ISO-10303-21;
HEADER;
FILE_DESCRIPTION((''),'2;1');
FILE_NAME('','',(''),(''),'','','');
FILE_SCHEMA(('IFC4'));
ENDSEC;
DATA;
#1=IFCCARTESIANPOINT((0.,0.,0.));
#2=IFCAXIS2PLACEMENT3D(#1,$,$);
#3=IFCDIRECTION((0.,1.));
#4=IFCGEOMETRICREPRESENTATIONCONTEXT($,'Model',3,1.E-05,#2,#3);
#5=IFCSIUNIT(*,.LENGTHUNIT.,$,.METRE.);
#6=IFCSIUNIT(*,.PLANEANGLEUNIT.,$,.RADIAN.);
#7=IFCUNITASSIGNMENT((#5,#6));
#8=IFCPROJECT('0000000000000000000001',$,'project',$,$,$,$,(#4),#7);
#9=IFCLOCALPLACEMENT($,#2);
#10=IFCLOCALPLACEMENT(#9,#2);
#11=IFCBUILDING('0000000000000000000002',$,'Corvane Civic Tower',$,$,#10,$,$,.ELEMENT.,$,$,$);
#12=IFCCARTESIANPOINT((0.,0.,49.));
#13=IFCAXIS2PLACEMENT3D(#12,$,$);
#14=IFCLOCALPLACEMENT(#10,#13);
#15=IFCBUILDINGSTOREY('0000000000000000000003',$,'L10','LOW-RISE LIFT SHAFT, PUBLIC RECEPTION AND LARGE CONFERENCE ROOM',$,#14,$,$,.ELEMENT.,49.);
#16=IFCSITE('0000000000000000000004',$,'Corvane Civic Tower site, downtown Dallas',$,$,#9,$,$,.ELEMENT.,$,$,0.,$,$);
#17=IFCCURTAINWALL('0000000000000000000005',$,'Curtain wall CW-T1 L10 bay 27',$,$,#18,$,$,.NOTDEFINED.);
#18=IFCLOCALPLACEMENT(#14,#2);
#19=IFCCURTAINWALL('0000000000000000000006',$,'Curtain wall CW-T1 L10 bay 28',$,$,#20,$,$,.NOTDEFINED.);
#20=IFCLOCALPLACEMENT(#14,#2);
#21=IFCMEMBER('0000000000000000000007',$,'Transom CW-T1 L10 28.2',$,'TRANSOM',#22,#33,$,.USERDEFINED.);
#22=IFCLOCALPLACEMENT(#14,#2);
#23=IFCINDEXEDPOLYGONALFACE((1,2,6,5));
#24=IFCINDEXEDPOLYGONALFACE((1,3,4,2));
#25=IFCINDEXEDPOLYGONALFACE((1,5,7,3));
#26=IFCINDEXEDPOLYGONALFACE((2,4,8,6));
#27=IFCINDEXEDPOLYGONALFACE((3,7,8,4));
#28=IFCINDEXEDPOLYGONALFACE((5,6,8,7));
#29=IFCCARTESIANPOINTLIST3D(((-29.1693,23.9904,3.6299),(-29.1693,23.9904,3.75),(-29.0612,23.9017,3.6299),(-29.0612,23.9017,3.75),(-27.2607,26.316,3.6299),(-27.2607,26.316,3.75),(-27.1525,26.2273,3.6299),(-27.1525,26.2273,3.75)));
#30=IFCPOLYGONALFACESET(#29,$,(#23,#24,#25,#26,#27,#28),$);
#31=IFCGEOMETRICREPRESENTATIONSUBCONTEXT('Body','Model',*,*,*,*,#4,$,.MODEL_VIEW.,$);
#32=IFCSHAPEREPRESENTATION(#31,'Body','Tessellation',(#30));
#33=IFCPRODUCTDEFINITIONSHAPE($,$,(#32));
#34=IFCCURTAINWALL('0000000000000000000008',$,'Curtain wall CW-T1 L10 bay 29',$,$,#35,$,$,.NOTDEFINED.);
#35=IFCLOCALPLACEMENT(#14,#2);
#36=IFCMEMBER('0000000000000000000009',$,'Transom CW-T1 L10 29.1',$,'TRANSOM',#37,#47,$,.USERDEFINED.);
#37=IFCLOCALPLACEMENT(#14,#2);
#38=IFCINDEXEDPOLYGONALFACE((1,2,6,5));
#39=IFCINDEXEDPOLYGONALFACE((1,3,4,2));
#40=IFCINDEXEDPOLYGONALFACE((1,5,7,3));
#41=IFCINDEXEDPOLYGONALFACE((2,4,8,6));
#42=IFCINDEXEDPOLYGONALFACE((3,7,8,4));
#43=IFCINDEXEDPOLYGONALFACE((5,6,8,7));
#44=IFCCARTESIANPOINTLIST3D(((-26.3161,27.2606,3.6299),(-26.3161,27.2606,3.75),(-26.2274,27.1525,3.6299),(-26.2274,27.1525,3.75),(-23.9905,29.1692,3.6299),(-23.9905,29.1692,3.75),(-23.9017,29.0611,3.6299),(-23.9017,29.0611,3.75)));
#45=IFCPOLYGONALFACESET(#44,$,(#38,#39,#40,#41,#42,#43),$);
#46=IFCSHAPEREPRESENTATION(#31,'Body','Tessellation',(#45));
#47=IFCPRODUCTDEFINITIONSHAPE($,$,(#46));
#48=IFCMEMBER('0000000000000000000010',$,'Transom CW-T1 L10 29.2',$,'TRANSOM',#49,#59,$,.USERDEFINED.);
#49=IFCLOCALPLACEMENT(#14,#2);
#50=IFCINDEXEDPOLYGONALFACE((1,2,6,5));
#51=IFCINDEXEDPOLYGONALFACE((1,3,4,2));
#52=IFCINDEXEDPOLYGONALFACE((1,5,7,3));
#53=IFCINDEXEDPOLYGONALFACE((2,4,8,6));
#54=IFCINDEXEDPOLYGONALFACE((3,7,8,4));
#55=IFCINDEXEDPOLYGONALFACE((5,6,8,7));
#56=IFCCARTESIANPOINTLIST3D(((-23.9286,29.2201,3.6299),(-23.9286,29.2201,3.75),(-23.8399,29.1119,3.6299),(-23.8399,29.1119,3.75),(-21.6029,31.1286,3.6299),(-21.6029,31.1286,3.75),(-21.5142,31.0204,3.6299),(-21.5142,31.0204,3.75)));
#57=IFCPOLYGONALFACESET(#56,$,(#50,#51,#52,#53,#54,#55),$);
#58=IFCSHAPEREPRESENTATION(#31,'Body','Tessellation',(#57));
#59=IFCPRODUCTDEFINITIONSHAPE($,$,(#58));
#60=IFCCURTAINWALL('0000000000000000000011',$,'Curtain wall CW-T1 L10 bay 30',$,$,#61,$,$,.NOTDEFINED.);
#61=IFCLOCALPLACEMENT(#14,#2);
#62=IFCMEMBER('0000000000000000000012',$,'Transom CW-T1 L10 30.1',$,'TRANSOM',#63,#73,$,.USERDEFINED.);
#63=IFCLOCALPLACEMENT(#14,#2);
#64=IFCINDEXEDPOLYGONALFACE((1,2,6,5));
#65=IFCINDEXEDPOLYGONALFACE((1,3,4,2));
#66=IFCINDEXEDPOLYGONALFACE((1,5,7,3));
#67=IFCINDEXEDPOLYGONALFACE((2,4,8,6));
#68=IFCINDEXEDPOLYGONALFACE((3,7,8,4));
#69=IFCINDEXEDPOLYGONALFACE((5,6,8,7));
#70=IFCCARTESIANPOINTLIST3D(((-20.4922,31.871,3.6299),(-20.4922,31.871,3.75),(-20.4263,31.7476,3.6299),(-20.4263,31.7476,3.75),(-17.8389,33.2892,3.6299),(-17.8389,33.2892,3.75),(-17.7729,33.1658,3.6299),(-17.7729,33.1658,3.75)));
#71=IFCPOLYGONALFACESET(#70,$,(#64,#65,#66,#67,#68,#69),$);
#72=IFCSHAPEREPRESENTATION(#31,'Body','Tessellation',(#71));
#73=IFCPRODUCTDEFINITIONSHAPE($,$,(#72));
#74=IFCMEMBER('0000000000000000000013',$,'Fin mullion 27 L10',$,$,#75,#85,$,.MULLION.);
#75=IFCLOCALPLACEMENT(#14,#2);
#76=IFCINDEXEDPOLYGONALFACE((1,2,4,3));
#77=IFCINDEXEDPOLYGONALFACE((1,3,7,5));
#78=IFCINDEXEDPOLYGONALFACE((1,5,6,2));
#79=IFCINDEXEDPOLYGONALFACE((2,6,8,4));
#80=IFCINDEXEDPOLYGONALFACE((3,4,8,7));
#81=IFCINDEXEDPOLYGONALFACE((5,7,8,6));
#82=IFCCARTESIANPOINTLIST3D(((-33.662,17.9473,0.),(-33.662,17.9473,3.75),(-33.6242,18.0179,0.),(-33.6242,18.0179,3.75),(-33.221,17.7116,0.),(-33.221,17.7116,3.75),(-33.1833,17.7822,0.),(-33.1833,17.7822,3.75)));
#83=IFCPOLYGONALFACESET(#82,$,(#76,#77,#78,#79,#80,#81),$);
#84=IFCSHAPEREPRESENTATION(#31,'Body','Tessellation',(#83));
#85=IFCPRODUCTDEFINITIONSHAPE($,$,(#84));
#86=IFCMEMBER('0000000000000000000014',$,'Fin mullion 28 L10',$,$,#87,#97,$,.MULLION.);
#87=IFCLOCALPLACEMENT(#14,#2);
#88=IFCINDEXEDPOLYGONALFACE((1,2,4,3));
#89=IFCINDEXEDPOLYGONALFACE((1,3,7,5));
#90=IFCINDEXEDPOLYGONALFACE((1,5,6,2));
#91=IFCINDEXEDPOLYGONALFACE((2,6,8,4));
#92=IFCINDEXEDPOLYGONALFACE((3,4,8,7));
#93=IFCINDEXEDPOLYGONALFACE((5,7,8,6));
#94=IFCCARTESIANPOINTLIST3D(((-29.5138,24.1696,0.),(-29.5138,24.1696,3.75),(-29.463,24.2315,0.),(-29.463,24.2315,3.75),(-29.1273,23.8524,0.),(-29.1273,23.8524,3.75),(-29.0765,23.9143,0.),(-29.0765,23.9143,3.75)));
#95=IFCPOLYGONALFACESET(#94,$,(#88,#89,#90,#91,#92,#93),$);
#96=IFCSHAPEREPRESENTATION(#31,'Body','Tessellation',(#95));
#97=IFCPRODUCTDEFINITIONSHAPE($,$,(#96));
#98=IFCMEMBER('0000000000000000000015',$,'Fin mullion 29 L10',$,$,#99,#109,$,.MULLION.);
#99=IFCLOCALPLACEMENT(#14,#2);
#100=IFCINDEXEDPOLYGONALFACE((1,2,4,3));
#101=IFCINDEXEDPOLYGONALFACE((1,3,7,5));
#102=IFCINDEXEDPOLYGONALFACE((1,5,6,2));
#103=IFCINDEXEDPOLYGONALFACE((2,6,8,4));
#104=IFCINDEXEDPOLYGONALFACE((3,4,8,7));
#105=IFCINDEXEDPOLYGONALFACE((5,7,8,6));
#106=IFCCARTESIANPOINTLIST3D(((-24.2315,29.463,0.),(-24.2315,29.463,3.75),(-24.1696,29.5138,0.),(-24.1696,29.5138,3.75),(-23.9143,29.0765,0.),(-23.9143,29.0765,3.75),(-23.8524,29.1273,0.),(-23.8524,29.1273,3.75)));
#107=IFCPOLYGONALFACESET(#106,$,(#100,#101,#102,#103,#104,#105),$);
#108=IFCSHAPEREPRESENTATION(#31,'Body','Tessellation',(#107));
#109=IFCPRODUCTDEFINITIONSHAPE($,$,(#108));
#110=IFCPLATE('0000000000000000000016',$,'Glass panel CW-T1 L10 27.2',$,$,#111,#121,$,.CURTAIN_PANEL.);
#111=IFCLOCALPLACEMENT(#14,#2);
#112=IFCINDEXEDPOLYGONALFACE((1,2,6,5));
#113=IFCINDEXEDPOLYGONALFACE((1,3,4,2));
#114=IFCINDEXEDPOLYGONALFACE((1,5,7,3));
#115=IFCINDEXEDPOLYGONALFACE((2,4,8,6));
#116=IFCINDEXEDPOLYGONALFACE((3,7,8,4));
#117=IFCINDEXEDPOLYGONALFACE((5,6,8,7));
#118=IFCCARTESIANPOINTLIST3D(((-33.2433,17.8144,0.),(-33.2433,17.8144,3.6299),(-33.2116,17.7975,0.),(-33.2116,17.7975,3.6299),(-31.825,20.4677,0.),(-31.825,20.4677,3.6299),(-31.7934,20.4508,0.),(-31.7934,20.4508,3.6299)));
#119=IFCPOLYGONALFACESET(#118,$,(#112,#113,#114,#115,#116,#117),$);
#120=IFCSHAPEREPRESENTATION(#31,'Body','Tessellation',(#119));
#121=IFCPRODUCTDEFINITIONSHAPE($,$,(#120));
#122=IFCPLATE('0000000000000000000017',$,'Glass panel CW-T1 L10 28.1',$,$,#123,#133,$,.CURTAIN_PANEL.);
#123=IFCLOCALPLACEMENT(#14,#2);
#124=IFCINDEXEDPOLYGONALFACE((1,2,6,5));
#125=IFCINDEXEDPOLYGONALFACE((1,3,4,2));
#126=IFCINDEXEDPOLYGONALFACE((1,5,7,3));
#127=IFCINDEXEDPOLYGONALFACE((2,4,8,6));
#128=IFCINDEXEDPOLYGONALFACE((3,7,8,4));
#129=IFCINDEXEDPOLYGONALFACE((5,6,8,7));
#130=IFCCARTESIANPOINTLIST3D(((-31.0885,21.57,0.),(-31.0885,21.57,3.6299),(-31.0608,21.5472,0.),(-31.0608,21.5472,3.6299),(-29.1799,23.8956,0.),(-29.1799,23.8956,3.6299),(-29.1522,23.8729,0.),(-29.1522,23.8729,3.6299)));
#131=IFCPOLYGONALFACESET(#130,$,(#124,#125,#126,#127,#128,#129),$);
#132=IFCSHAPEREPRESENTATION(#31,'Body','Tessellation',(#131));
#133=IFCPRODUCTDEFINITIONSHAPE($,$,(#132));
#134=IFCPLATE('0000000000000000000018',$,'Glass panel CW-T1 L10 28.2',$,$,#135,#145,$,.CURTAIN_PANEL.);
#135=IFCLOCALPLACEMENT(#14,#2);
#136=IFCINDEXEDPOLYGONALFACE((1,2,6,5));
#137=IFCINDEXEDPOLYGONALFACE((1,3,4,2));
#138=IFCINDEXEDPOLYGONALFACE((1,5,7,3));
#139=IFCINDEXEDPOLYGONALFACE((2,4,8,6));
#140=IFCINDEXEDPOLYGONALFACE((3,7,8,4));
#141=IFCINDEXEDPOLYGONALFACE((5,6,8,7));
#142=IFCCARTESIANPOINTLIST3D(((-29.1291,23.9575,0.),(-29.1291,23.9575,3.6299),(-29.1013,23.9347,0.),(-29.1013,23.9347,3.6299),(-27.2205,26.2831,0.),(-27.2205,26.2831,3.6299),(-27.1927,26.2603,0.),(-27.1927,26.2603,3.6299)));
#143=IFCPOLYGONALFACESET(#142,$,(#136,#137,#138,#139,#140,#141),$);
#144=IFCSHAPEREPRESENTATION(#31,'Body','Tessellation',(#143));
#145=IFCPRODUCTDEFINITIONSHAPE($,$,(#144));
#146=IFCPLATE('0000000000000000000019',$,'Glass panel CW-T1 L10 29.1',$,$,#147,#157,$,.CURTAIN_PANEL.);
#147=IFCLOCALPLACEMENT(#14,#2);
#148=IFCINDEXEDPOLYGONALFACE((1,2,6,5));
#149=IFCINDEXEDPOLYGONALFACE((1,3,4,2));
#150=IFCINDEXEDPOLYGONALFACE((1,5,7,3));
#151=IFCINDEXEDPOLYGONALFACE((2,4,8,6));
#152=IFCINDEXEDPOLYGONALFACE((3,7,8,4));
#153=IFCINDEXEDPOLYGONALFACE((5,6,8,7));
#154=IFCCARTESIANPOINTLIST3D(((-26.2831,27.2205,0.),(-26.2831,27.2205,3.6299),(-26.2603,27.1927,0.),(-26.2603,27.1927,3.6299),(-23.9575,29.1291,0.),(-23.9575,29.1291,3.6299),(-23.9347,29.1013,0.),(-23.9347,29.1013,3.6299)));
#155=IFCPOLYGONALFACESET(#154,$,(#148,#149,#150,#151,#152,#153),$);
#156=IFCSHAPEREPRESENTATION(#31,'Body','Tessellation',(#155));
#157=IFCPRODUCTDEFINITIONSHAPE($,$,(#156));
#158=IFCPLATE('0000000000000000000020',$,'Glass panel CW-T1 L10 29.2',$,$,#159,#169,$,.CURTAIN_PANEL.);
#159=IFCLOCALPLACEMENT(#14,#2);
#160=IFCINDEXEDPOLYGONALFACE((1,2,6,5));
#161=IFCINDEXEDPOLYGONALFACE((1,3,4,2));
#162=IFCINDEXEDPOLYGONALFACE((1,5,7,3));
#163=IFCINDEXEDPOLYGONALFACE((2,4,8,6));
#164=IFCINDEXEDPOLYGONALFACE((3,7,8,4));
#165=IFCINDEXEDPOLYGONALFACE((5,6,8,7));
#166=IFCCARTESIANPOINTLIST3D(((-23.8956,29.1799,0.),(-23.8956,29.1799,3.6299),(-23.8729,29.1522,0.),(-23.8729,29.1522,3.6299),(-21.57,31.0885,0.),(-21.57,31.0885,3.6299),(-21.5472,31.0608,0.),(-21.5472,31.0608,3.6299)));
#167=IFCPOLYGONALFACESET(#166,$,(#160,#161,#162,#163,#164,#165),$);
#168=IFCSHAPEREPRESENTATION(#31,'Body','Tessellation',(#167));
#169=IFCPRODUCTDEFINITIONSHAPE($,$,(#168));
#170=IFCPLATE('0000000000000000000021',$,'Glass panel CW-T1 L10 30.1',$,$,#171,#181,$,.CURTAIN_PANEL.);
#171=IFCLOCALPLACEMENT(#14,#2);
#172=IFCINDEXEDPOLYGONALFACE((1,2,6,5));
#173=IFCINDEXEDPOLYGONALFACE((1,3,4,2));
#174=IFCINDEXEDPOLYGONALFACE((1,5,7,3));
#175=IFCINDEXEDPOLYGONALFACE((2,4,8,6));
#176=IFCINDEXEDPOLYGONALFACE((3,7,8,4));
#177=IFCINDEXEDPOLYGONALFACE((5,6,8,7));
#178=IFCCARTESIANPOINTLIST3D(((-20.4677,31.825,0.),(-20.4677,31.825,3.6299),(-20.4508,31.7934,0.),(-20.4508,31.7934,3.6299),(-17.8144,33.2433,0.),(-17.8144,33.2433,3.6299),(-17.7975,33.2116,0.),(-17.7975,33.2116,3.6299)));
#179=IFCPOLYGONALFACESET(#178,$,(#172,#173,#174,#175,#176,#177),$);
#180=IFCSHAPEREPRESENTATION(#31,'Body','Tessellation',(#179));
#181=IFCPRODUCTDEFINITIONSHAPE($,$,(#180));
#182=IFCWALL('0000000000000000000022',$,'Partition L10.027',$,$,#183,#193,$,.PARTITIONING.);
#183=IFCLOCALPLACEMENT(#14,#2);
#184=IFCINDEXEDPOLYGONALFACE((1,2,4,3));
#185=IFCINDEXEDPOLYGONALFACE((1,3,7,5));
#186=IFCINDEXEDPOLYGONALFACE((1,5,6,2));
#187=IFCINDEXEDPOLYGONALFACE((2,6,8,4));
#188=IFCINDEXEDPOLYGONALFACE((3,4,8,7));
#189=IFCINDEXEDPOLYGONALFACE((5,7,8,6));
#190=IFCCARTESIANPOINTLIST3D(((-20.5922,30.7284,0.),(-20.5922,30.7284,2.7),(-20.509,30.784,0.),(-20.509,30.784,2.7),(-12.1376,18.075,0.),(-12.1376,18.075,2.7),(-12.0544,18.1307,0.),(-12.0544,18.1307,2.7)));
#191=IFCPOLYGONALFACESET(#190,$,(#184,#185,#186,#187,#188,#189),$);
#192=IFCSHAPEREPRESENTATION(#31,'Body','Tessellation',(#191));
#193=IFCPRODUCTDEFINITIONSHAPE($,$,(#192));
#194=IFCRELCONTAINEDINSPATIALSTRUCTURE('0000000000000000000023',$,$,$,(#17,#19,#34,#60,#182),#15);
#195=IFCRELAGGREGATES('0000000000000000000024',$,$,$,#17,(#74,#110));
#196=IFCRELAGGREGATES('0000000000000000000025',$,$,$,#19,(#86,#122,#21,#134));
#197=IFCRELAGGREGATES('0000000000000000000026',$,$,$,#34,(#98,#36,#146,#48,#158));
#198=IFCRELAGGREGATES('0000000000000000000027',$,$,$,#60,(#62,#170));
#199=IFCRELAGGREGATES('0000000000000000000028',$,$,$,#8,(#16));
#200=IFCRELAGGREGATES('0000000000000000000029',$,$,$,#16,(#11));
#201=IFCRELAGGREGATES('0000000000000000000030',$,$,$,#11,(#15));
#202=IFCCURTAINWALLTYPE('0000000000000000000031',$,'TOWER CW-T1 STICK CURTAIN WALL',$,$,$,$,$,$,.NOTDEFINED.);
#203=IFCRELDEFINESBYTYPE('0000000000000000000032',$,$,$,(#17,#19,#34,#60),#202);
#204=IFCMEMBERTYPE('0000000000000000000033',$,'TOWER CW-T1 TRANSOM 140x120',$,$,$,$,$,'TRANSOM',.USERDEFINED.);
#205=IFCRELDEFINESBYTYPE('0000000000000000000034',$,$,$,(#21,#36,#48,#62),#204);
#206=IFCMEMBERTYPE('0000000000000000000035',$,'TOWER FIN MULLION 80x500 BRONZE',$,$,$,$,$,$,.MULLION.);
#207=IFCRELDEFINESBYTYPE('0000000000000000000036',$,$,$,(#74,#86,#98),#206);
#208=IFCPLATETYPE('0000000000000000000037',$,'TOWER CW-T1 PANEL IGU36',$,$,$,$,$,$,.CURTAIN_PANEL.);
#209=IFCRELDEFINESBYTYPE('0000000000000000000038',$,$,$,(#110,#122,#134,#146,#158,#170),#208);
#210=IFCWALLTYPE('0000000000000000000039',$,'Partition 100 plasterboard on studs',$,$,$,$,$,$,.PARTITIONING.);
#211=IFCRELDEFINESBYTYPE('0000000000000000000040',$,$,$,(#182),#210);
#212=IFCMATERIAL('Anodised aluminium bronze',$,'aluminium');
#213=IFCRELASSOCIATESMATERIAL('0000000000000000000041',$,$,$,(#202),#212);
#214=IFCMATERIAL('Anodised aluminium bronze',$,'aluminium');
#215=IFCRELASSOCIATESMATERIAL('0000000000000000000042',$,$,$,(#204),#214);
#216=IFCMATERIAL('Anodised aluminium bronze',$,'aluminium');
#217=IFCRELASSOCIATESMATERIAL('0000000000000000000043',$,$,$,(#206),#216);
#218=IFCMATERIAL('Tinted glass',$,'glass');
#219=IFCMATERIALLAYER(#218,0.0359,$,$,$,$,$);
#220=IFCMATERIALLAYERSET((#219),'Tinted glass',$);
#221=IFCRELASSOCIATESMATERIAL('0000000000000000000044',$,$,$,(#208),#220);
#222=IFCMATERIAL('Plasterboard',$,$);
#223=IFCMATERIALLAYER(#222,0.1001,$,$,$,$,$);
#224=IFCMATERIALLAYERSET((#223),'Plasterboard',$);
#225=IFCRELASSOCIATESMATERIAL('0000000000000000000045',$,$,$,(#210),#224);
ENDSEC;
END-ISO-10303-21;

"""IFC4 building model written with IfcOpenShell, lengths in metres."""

from ifc_helpers import new_model, si_unit, direction, frame, frame_2d, origin, origin_2d, place, context, subcontext, project, spatial, rectangle, extrude, material, layer, layer_set, material_profile, profile_set, type_object, element, aggregate, save


model = new_model("IFC4")

# Units and contexts
model_context = context("Model", 3, precision=1e-05, world=origin(), true_north=direction((0.0, 1.0)))
body_context = subcontext(model_context, "Body", "Model", "MODEL_VIEW")
ifc_project = project(units=[si_unit("LENGTHUNIT", "METRE"), si_unit("PLANEANGLEUNIT", "RADIAN")], contexts=[model_context])

# Site, building, storey
site_placement = place(None, origin())
site = spatial("IfcSite", under=ifc_project, at=site_placement, Name="Corvane Civic Tower site, downtown Dallas", CompositionType="ELEMENT", RefElevation=0.0)
building_placement = place(site_placement, origin())
building = spatial("IfcBuilding", under=site, at=building_placement, Name="Corvane Civic Tower", CompositionType="ELEMENT")
storey_placement = place(building_placement, frame((0.0, 0.0, 49.0)))
storey = spatial("IfcBuildingStorey", under=building, at=storey_placement, Name="L10", Description="LOW-RISE LIFT SHAFT, PUBLIC RECEPTION AND LARGE CONFERENCE ROOM", CompositionType="ELEMENT", Elevation=49.0)

# Curtain wall
ifc_material_1 = material(Name="Anodised aluminium bronze", Category="aluminium")
curtain_wall_type = type_object("IfcCurtainWallType", Name="TOWER CW-T1 STICK CURTAIN WALL", PredefinedType="NOTDEFINED", material=ifc_material_1)
curtain_wall_1_placement = place(storey_placement, origin())
curtain_wall_1 = element("IfcCurtainWall", 1, at=curtain_wall_1_placement, inside=storey, type_object=curtain_wall_type, Name="Curtain wall CW-T1 L10 bay 27", PredefinedType="NOTDEFINED")
ifc_material_2 = material(Name="Anodised aluminium bronze", Category="aluminium")
ifc_material_profile_1 = material_profile(ifc_material_2, rectangle(XDim=0.1399, YDim=0.1201, at=origin_2d()), Name="TOWER CW-T1 TRANSOM 140x120")
ifc_profile_set_1 = profile_set([ifc_material_profile_1], Name="Anodised aluminium bronze")
member_type_1 = type_object("IfcMemberType", Name="TOWER CW-T1 TRANSOM 140x120", ElementType="TRANSOM", PredefinedType="USERDEFINED", material=ifc_profile_set_1)

# Curtain walls, members
curtain_wall_2_placement = place(storey_placement, origin())
curtain_wall_2 = element("IfcCurtainWall", 2, at=curtain_wall_2_placement, inside=storey, type_object=curtain_wall_type, Name="Curtain wall CW-T1 L10 bay 28", PredefinedType="NOTDEFINED")
member_1_placement = place(storey_placement, frame((-29.1152, 23.946, 3.6899), z_axis=(0.634404, 0.773002, 0.0), x_axis=(-0.773002, 0.634404, 0.0)))
member_1 = element("IfcMember", 3, at=member_1_placement, type_object=member_type_1, Name="Transom CW-T1 L10 28.2", ObjectType="TRANSOM", PredefinedType="USERDEFINED", context=body_context, shape_type="SweptSolid", body=[
    extrude(rectangle(XDim=0.1399, YDim=0.1201, at=origin_2d()), origin(), (0.0, 0.0, 1.0), 3.0085),
])
curtain_wall_3_placement = place(storey_placement, origin())
curtain_wall_3 = element("IfcCurtainWall", 4, at=curtain_wall_3_placement, inside=storey, type_object=curtain_wall_type, Name="Curtain wall CW-T1 L10 bay 29", PredefinedType="NOTDEFINED")
member_2_placement = place(storey_placement, frame((-26.2717, 27.2065, 3.6899), z_axis=(0.773002, 0.634404, 0.0), x_axis=(-0.634404, 0.773002, 0.0)))
member_2 = element("IfcMember", 5, at=member_2_placement, type_object=member_type_1, Name="Transom CW-T1 L10 29.1", ObjectType="TRANSOM", PredefinedType="USERDEFINED", context=body_context, shape_type="SweptSolid", body=[
    extrude(rectangle(XDim=0.1399, YDim=0.1201, at=origin_2d()), origin(), (0.0, 0.0, 1.0), 3.0085),
])
member_3_placement = place(storey_placement, frame((-23.8843, 29.166, 3.6899), z_axis=(0.773042, 0.634355, 0.0), x_axis=(-0.634355, 0.773042, 0.0)))
member_3 = element("IfcMember", 6, at=member_3_placement, type_object=member_type_1, Name="Transom CW-T1 L10 29.2", ObjectType="TRANSOM", PredefinedType="USERDEFINED", context=body_context, shape_type="SweptSolid", body=[
    extrude(rectangle(XDim=0.1399, YDim=0.1201, at=origin_2d()), origin(), (0.0, 0.0, 1.0), 3.0085),
])

# Curtain wall, member
curtain_wall_4_placement = place(storey_placement, origin())
curtain_wall_4 = element("IfcCurtainWall", 7, at=curtain_wall_4_placement, inside=storey, type_object=curtain_wall_type, Name="Curtain wall CW-T1 L10 bay 30", PredefinedType="NOTDEFINED")
member_4_placement = place(storey_placement, frame((-20.4592, 31.8093, 3.6899), z_axis=(0.881924, 0.471393, 0.0), x_axis=(-0.471393, 0.881924, 0.0)))
member_4 = element("IfcMember", 8, at=member_4_placement, type_object=member_type_1, Name="Transom CW-T1 L10 30.1", ObjectType="TRANSOM", PredefinedType="USERDEFINED", context=body_context, shape_type="SweptSolid", body=[
    extrude(rectangle(XDim=0.1399, YDim=0.1201, at=origin_2d()), origin(), (0.0, 0.0, 1.0), 3.0085),
])

# Members
ifc_material_3 = material(Name="Anodised aluminium bronze", Category="aluminium")
ifc_material_profile_2 = material_profile(ifc_material_3, rectangle(XDim=0.0801, YDim=0.5, at=origin_2d()), Name="TOWER FIN MULLION 80x500 BRONZE")
ifc_profile_set_2 = profile_set([ifc_material_profile_2], Name="Anodised aluminium bronze")
member_type_2 = type_object("IfcMemberType", Name="TOWER FIN MULLION 80x500 BRONZE", PredefinedType="MULLION", material=ifc_profile_set_2)
member_5_placement = place(storey_placement, frame((-33.4226, 17.8647, 0.0), z_axis=(0.0, 0.0, 1.0), x_axis=(0.471404, 0.881918, 0.0)))
member_5 = element("IfcMember", 9, at=member_5_placement, type_object=member_type_2, Name="Fin mullion 27 L10", PredefinedType="MULLION", context=body_context, shape_type="SweptSolid", body=[
    extrude(rectangle(XDim=0.0801, YDim=0.5, at=origin_2d()), origin(), (0.0, 0.0, 1.0), 3.75),
])
member_6_placement = place(storey_placement, frame((-29.2952, 24.042, 0.0), z_axis=(0.0, 0.0, 1.0), x_axis=(0.634397, 0.773007, 0.0)))
member_6 = element("IfcMember", 10, at=member_6_placement, type_object=member_type_2, Name="Fin mullion 28 L10", PredefinedType="MULLION", context=body_context, shape_type="SweptSolid", body=[
    extrude(rectangle(XDim=0.0801, YDim=0.5, at=origin_2d()), origin(), (0.0, 0.0, 1.0), 3.75),
])
member_7_placement = place(storey_placement, frame((-24.042, 29.2952, 0.0), z_axis=(0.0, 0.0, 1.0), x_axis=(0.773007, 0.634397, 0.0)))
member_7 = element("IfcMember", 11, at=member_7_placement, type_object=member_type_2, Name="Fin mullion 29 L10", PredefinedType="MULLION", context=body_context, shape_type="SweptSolid", body=[
    extrude(rectangle(XDim=0.0801, YDim=0.5, at=origin_2d()), origin(), (0.0, 0.0, 1.0), 3.75),
])

# Plates
ifc_material_4 = material(Name="Tinted glass", Category="glass")
ifc_layer_1 = layer(ifc_material_4, 0.0359)
ifc_layer_set_1 = layer_set([ifc_layer_1], Name="Tinted glass")
plate_type = type_object("IfcPlateType", Name="TOWER CW-T1 PANEL IGU36", PredefinedType="CURTAIN_PANEL", material=ifc_layer_set_1)
plate_1_placement = place(storey_placement, frame((-32.5183, 19.1326, 0.0), z_axis=(0.0, 0.0, 1.0), x_axis=(0.471404, 0.881918, 0.0)))
plate_1 = element("IfcPlate", 12, at=plate_1_placement, type_object=plate_type, Name="Glass panel CW-T1 L10 27.2", PredefinedType="CURTAIN_PANEL", context=body_context, shape_type="SweptSolid", body=[
    extrude(rectangle(XDim=3.0085, YDim=0.0359, at=origin_2d()), origin(), (0.0, 0.0, 1.0), 3.6299),
])
aggregate(curtain_wall_1, [member_5, plate_1])
plate_2_placement = place(storey_placement, frame((-30.1204, 22.7214, 0.0), z_axis=(0.0, 0.0, 1.0), x_axis=(0.634397, 0.773007, 0.0)))
plate_2 = element("IfcPlate", 13, at=plate_2_placement, type_object=plate_type, Name="Glass panel CW-T1 L10 28.1", PredefinedType="CURTAIN_PANEL", context=body_context, shape_type="SweptSolid", body=[
    extrude(rectangle(XDim=3.0085, YDim=0.0359, at=origin_2d()), origin(), (0.0, 0.0, 1.0), 3.6299),
])
plate_3_placement = place(storey_placement, frame((-28.1609, 25.1089, 0.0), z_axis=(0.0, 0.0, 1.0), x_axis=(0.634397, 0.773007, 0.0)))
plate_3 = element("IfcPlate", 14, at=plate_3_placement, type_object=plate_type, Name="Glass panel CW-T1 L10 28.2", PredefinedType="CURTAIN_PANEL", context=body_context, shape_type="SweptSolid", body=[
    extrude(rectangle(XDim=3.0085, YDim=0.0359, at=origin_2d()), origin(), (0.0, 0.0, 1.0), 3.6299),
])
aggregate(curtain_wall_2, [member_6, plate_2, member_1, plate_3])
plate_4_placement = place(storey_placement, frame((-25.1089, 28.1609, 0.0), z_axis=(0.0, 0.0, 1.0), x_axis=(0.773007, 0.634397, 0.0)))
plate_4 = element("IfcPlate", 15, at=plate_4_placement, type_object=plate_type, Name="Glass panel CW-T1 L10 29.1", PredefinedType="CURTAIN_PANEL", context=body_context, shape_type="SweptSolid", body=[
    extrude(rectangle(XDim=3.0085, YDim=0.0359, at=origin_2d()), origin(), (0.0, 0.0, 1.0), 3.6299),
])
plate_5_placement = place(storey_placement, frame((-22.7214, 30.1204, 0.0), z_axis=(0.0, 0.0, 1.0), x_axis=(0.773007, 0.634397, 0.0)))
plate_5 = element("IfcPlate", 16, at=plate_5_placement, type_object=plate_type, Name="Glass panel CW-T1 L10 29.2", PredefinedType="CURTAIN_PANEL", context=body_context, shape_type="SweptSolid", body=[
    extrude(rectangle(XDim=3.0085, YDim=0.0359, at=origin_2d()), origin(), (0.0, 0.0, 1.0), 3.6299),
])
aggregate(curtain_wall_3, [member_7, member_2, plate_4, member_3, plate_5])
plate_6_placement = place(storey_placement, frame((-19.1326, 32.5183, 0.0), z_axis=(0.0, 0.0, 1.0), x_axis=(0.881918, 0.471404, 0.0)))
plate_6 = element("IfcPlate", 17, at=plate_6_placement, type_object=plate_type, Name="Glass panel CW-T1 L10 30.1", PredefinedType="CURTAIN_PANEL", context=body_context, shape_type="SweptSolid", body=[
    extrude(rectangle(XDim=3.0085, YDim=0.0359, at=origin_2d()), origin(), (0.0, 0.0, 1.0), 3.6299),
])
aggregate(curtain_wall_4, [member_4, plate_6])

# Wall
ifc_material_5 = material(Name="Plasterboard")
ifc_layer_2 = layer(ifc_material_5, 0.1001)
ifc_layer_set_2 = layer_set([ifc_layer_2], Name="Plasterboard")
wall_type_1 = type_object("IfcWallType", Name="Partition 100 plasterboard on studs", PredefinedType="PARTITIONING", material=ifc_layer_set_2)
wall_1_placement = place(storey_placement, frame((-20.5505, 30.7561, 0.0), z_axis=(0.0, 0.0, 1.0), x_axis=(0.555566, -0.831472, 0.0)))
element("IfcWall", 18, at=wall_1_placement, inside=storey, type_object=wall_type_1, Name="Partition L10.027", PredefinedType="PARTITIONING", context=body_context, shape_type="SweptSolid", body=[
    extrude(rectangle(XDim=15.218, YDim=0.1001, at=frame_2d((7.6089, 0.0))), origin(), (0.0, 0.0, 1.0), 2.7),
])

save(model, "model.ifc")
